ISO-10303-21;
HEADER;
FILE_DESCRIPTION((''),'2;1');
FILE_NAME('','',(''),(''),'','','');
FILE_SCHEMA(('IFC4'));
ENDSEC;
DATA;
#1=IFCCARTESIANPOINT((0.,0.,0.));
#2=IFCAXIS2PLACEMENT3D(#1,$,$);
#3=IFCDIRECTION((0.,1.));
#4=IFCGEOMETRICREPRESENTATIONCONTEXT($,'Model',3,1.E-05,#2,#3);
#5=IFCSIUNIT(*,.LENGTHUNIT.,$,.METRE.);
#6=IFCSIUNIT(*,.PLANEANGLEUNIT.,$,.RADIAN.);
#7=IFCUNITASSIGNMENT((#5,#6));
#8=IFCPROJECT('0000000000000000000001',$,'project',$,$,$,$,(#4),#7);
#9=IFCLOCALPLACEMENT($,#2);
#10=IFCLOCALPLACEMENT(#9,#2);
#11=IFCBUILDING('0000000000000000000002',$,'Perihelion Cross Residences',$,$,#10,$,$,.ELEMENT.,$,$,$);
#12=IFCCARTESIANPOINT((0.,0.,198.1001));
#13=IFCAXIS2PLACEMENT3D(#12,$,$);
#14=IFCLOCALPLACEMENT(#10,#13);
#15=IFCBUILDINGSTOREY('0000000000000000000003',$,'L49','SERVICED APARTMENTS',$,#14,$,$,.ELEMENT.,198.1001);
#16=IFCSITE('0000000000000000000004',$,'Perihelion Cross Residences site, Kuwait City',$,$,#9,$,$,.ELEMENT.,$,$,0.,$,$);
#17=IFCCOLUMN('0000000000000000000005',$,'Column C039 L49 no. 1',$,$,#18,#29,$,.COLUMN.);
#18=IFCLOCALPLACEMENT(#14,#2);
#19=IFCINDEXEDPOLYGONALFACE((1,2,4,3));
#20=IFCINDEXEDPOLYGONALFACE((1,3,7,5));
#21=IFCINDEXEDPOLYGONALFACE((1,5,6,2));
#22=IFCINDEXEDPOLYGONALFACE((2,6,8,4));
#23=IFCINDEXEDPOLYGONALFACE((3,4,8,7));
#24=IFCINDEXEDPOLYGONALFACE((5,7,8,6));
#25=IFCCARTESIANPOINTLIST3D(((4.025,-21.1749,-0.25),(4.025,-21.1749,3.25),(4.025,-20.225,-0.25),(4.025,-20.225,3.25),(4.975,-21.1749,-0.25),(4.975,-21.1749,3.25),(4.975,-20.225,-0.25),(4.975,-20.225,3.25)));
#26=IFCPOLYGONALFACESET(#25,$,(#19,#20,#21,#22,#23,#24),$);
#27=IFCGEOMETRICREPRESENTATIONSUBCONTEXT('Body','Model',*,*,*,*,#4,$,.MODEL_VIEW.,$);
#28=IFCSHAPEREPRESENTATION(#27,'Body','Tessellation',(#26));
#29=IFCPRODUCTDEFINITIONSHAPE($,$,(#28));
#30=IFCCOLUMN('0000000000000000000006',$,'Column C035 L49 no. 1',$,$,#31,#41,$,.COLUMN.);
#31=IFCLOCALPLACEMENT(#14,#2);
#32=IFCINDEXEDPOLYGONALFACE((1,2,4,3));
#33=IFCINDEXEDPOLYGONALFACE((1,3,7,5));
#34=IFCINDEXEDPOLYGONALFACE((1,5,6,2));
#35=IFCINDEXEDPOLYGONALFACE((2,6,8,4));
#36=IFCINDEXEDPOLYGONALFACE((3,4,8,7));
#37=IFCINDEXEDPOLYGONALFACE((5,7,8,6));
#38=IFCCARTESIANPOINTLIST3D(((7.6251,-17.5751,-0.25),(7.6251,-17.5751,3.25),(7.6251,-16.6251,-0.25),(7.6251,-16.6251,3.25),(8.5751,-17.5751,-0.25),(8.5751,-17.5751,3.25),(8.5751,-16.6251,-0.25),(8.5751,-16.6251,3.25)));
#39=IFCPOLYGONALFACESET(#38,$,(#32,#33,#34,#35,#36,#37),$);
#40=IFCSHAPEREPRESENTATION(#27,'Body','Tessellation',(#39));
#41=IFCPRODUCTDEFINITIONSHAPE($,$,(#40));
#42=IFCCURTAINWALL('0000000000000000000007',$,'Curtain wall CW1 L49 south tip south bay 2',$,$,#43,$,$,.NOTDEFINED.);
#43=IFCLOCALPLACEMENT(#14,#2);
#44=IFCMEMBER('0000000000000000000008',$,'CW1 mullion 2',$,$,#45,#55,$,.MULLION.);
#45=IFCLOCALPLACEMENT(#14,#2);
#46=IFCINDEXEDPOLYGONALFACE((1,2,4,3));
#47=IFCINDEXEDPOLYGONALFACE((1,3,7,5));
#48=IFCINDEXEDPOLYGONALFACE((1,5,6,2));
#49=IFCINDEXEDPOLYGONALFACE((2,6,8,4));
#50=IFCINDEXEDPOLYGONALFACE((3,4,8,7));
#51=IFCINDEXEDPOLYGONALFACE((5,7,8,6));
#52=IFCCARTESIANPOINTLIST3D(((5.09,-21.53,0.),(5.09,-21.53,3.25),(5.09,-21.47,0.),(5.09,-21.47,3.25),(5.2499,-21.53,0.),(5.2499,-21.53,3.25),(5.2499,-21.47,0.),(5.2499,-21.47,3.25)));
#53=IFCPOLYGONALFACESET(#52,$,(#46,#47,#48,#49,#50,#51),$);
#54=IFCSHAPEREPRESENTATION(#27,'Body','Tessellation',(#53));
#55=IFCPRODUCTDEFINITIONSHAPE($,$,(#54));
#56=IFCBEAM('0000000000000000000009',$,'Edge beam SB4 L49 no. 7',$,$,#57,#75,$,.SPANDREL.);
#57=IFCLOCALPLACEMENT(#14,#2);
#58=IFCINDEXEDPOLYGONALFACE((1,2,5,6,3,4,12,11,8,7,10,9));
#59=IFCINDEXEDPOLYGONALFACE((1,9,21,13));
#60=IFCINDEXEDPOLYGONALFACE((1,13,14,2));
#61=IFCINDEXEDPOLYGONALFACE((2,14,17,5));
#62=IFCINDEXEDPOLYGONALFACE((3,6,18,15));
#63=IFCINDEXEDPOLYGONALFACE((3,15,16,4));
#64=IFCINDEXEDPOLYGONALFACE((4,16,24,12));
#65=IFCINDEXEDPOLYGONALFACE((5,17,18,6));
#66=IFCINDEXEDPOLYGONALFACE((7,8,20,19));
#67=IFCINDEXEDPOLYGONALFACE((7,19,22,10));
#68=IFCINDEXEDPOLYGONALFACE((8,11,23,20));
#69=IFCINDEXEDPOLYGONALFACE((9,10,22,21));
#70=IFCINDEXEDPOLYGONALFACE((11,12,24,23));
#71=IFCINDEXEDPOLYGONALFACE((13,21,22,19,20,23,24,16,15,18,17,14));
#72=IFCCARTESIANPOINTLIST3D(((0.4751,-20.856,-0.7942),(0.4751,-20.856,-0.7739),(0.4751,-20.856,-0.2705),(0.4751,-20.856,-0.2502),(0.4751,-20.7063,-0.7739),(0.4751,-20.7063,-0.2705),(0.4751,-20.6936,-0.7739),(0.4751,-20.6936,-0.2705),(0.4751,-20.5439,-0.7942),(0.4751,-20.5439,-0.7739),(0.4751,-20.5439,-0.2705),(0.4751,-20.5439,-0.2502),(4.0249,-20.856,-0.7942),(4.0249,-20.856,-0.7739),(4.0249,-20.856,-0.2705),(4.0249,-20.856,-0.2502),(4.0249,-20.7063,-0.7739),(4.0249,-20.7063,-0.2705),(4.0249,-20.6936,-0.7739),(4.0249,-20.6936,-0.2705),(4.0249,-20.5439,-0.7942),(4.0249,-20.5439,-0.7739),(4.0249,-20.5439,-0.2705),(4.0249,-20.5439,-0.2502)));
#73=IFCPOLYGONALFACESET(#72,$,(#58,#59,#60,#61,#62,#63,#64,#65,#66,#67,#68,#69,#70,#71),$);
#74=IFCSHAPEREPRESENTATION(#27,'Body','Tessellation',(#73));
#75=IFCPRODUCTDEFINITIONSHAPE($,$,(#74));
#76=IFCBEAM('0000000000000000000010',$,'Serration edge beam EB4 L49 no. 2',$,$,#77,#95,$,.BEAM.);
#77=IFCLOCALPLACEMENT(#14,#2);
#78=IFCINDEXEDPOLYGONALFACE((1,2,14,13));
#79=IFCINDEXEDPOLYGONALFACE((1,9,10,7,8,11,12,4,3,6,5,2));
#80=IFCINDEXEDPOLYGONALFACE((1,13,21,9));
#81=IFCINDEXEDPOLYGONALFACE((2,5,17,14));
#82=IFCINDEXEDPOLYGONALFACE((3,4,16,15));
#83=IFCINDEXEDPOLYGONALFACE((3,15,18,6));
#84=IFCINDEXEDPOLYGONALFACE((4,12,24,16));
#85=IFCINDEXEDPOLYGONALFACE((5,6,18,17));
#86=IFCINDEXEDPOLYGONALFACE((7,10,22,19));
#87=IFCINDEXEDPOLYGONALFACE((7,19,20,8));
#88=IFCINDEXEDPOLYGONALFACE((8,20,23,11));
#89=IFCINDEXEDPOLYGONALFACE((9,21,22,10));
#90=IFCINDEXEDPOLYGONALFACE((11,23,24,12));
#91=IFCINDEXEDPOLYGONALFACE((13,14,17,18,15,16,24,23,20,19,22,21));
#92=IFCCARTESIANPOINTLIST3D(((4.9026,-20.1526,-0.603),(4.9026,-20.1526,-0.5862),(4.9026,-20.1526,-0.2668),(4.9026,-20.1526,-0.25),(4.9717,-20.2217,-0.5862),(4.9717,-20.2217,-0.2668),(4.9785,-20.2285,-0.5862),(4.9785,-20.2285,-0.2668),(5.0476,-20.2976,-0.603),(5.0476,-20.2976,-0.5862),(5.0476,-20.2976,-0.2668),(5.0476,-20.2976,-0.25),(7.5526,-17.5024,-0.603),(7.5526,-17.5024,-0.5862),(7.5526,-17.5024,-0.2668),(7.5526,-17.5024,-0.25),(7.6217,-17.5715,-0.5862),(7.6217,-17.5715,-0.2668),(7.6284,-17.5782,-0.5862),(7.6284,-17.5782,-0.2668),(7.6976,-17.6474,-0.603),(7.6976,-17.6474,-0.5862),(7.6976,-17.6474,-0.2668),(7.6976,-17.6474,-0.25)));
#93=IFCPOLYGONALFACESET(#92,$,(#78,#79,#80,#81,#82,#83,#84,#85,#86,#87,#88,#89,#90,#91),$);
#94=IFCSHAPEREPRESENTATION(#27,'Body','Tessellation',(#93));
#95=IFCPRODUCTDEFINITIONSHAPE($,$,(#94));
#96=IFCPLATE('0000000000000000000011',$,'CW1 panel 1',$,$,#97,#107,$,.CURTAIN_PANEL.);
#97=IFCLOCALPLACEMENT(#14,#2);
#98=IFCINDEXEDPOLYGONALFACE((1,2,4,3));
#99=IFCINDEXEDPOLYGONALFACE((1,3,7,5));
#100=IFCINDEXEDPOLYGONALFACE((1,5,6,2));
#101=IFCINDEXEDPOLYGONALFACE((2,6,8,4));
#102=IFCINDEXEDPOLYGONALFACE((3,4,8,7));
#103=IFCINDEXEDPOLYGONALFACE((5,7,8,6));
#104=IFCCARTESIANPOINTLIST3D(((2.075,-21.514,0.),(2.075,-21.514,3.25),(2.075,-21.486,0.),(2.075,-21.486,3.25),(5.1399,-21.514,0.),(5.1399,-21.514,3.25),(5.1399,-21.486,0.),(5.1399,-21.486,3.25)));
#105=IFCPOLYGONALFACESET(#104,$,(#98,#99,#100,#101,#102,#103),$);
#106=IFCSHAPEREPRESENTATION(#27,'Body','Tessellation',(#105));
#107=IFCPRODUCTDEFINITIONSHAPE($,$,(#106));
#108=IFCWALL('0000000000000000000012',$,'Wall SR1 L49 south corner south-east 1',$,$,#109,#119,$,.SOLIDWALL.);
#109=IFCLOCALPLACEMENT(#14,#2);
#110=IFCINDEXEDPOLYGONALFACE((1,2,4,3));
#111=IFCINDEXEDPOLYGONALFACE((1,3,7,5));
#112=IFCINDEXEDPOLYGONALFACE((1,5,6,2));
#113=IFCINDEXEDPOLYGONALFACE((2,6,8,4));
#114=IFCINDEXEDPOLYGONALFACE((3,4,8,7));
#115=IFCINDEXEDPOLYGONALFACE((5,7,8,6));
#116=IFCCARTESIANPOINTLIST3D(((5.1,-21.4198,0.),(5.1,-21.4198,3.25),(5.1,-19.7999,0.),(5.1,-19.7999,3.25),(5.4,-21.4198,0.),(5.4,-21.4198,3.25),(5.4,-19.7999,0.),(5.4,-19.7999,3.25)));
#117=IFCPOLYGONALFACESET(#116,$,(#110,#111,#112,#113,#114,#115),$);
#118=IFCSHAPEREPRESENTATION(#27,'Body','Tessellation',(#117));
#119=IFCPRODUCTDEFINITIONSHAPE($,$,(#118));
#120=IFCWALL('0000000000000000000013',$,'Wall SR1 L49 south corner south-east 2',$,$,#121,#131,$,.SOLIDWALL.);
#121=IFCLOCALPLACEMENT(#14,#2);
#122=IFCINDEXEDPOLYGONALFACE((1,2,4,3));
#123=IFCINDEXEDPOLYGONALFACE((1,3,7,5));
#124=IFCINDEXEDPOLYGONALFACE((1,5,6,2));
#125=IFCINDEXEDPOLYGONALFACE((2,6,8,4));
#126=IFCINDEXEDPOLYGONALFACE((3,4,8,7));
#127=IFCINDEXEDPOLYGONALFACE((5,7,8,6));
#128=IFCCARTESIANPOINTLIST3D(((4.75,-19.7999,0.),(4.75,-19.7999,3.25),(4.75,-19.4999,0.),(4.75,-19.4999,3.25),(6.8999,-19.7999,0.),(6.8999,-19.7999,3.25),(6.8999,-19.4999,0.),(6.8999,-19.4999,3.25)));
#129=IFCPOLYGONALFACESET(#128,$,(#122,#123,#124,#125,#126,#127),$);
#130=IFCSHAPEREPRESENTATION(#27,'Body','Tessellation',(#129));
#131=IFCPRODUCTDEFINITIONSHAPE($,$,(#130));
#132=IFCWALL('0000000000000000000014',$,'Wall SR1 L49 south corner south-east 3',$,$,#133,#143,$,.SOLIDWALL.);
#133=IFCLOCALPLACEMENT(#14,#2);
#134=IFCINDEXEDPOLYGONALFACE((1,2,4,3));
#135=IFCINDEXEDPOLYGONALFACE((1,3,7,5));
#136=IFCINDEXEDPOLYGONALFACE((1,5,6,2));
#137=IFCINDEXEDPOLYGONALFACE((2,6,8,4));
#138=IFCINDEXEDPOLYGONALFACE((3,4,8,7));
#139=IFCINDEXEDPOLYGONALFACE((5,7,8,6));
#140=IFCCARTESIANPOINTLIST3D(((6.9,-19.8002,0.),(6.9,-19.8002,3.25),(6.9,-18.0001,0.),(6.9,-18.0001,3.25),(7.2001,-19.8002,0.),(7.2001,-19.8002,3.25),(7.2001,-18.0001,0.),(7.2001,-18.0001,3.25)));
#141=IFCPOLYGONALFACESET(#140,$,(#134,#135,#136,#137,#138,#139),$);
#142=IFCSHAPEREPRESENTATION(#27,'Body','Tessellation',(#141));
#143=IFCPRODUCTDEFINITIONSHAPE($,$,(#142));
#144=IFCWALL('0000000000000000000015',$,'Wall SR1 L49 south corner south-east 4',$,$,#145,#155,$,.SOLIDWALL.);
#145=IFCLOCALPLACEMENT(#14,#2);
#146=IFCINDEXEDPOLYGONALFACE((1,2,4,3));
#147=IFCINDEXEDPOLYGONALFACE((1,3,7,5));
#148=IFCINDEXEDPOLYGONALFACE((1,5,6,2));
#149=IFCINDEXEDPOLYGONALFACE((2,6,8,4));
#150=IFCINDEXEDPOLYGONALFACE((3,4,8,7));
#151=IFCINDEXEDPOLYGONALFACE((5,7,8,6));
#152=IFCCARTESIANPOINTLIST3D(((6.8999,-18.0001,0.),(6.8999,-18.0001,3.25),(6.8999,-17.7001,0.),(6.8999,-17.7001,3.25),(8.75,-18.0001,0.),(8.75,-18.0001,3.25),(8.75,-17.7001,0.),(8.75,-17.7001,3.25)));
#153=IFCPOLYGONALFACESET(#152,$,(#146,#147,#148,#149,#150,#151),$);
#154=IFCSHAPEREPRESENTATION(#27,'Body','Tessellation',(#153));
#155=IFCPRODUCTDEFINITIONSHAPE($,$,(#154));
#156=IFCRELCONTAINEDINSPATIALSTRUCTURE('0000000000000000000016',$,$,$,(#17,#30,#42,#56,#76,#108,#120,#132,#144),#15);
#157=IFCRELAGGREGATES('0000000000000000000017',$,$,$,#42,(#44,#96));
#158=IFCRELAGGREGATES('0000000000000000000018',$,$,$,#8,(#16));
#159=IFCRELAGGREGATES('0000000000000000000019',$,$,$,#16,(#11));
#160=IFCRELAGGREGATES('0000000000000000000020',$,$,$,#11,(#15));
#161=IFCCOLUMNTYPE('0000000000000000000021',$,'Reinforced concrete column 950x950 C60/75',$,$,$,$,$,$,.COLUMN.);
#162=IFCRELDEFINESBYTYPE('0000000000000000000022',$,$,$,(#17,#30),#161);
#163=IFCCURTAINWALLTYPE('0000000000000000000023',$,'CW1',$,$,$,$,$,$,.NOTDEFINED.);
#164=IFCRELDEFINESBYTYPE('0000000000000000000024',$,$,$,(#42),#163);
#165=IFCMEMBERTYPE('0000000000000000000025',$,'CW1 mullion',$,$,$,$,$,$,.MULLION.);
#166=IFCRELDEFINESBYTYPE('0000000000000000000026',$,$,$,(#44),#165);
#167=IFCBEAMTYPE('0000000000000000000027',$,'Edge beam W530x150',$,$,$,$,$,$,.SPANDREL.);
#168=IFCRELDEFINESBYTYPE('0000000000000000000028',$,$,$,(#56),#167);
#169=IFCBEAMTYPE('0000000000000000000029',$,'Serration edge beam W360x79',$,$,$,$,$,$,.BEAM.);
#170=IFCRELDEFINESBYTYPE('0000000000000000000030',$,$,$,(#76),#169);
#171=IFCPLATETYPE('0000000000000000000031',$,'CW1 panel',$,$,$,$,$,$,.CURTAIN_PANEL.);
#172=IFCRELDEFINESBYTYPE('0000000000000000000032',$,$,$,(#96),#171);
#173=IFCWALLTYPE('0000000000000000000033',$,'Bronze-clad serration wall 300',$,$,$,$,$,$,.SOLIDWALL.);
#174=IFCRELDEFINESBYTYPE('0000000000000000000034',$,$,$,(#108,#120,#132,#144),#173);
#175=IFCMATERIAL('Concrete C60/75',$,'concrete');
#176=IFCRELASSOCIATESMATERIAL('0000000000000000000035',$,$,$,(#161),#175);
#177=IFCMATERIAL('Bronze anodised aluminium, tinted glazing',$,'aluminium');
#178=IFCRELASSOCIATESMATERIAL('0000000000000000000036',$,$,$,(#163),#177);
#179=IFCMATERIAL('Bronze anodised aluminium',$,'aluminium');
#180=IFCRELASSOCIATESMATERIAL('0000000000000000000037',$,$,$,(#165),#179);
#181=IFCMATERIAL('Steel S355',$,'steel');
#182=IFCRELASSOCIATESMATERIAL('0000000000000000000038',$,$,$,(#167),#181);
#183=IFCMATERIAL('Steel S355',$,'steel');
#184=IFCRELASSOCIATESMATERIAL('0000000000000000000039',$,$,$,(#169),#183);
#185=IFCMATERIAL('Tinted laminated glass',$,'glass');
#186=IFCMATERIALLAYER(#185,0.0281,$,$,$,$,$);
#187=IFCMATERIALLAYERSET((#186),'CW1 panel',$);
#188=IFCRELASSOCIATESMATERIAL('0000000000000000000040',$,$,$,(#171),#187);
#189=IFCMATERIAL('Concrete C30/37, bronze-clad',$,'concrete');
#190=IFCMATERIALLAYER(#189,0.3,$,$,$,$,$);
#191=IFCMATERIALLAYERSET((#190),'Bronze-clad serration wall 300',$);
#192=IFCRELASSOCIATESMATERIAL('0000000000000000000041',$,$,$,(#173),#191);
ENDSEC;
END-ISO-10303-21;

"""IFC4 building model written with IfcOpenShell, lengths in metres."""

from ifc_helpers import new_model, si_unit, direction, frame, frame_2d, origin, origin_2d, place, context, subcontext, project, spatial, rectangle, i_section, extrude, material, layer, layer_set, material_profile, profile_set, type_object, element, aggregate, save


model = new_model("IFC4")

# Units and contexts
model_context = context("Model", 3, precision=1e-05, world=origin(), true_north=direction((0.0, 1.0)))
body_context = subcontext(model_context, "Body", "Model", "MODEL_VIEW")
ifc_project = project(units=[si_unit("LENGTHUNIT", "METRE"), si_unit("PLANEANGLEUNIT", "RADIAN")], contexts=[model_context])

# Site, building, storey
site_placement = place(None, origin())
site = spatial("IfcSite", under=ifc_project, at=site_placement, Name="Perihelion Cross Residences site, Kuwait City", CompositionType="ELEMENT", RefElevation=0.0)
building_placement = place(site_placement, origin())
building = spatial("IfcBuilding", under=site, at=building_placement, Name="Perihelion Cross Residences", CompositionType="ELEMENT")
storey_placement = place(building_placement, frame((0.0, 0.0, 198.1001)))
storey = spatial("IfcBuildingStorey", under=building, at=storey_placement, Name="L49", Description="SERVICED APARTMENTS", CompositionType="ELEMENT", Elevation=198.1001)

# Columns
ifc_material_1 = material(Name="Concrete C60/75", Category="concrete")
ifc_material_profile_1 = material_profile(ifc_material_1, rectangle(XDim=0.95, YDim=0.95, at=origin_2d()), Name="RC 950x950")
ifc_profile_set_1 = profile_set([ifc_material_profile_1], Name="Concrete C60/75")
column_type = type_object("IfcColumnType", Name="Reinforced concrete column 950x950 C60/75", PredefinedType="COLUMN", material=ifc_profile_set_1)
for number, where, z_axis, x_axis, name in (
    (1, (4.5, -20.7, -0.25), (0.0, 0.0, 1.0), (1.0, 0.0, 0.0), "Column C039 L49 no. 1"),
    (2, (8.1001, -17.1001, -0.25), (0.0, 0.0, 1.0), (1.0, 0.0, 0.0), "Column C035 L49 no. 1"),
):
    element("IfcColumn", number, at=place(storey_placement, frame(where, z_axis=z_axis, x_axis=x_axis)), inside=storey, type_object=column_type, Name=name, PredefinedType="COLUMN", context=body_context, shape_type="SweptSolid", body=[
        extrude(rectangle(XDim=0.95, YDim=0.95, at=origin_2d()), origin(), (0.0, 0.0, 1.0), 3.5),
    ])

# Curtain wall, member
ifc_material_2 = material(Name="Bronze anodised aluminium, tinted glazing", Category="aluminium")
curtain_wall_type = type_object("IfcCurtainWallType", Name="CW1", PredefinedType="NOTDEFINED", material=ifc_material_2)
curtain_wall_placement = place(storey_placement, origin())
curtain_wall = element("IfcCurtainWall", 3, at=curtain_wall_placement, inside=storey, type_object=curtain_wall_type, Name="Curtain wall CW1 L49 south tip south bay 2", PredefinedType="NOTDEFINED")
ifc_material_3 = material(Name="Bronze anodised aluminium", Category="aluminium")
ifc_material_profile_2 = material_profile(ifc_material_3, rectangle(XDim=0.0601, YDim=0.1599, at=origin_2d()), Name="CW1 mullion")
ifc_profile_set_2 = profile_set([ifc_material_profile_2], Name="Bronze anodised aluminium")
member_type = type_object("IfcMemberType", Name="CW1 mullion", PredefinedType="MULLION", material=ifc_profile_set_2)
member_placement = place(storey_placement, frame((5.1699, -21.5, 0.0), z_axis=(0.0, 0.0, 1.0), x_axis=(0.0, 1.0, 0.0)))
member = element("IfcMember", 4, at=member_placement, type_object=member_type, Name="CW1 mullion 2", PredefinedType="MULLION", context=body_context, shape_type="SweptSolid", body=[
    extrude(rectangle(XDim=0.0601, YDim=0.1599, at=origin_2d()), origin(), (0.0, 0.0, 1.0), 3.25),
])

# Beams
ifc_material_4 = material(Name="Steel S355", Category="steel")
ifc_material_profile_3 = material_profile(ifc_material_4, i_section(OverallWidth=0.312, OverallDepth=0.5439, WebThickness=0.0127, FlangeThickness=0.0203, at=origin_2d()), Name="W530x150")
ifc_profile_set_3 = profile_set([ifc_material_profile_3], Name="Steel S355")
beam_type_1 = type_object("IfcBeamType", Name="Edge beam W530x150", PredefinedType="SPANDREL", material=ifc_profile_set_3)
beam_1_placement = place(storey_placement, frame((0.4751, -20.7, -0.5222), z_axis=(1.0, 0.0, 0.0), x_axis=(0.0, 1.0, 0.0)))
element("IfcBeam", 5, at=beam_1_placement, inside=storey, type_object=beam_type_1, Name="Edge beam SB4 L49 no. 7", PredefinedType="SPANDREL", context=body_context, shape_type="SweptSolid", body=[
    extrude(i_section(OverallWidth=0.312, OverallDepth=0.5439, WebThickness=0.0127, FlangeThickness=0.0203, at=origin_2d()), origin(), (0.0, 0.0, 1.0), 3.5498),
])
ifc_material_5 = material(Name="Steel S355", Category="steel")
ifc_material_profile_4 = material_profile(ifc_material_5, i_section(OverallWidth=0.2051, OverallDepth=0.353, WebThickness=0.0095, FlangeThickness=0.0168, at=origin_2d()), Name="W360x79")
ifc_profile_set_4 = profile_set([ifc_material_profile_4], Name="Steel S355")
beam_type_2 = type_object("IfcBeamType", Name="Serration edge beam W360x79", PredefinedType="BEAM", material=ifc_profile_set_4)
beam_2_placement = place(storey_placement, frame((4.9751, -20.2251, -0.4265), z_axis=(0.707074, 0.707139, 0.0), x_axis=(-0.707139, 0.707074, 0.0)))
element("IfcBeam", 6, at=beam_2_placement, inside=storey, type_object=beam_type_2, Name="Serration edge beam EB4 L49 no. 2", PredefinedType="BEAM", context=body_context, shape_type="SweptSolid", body=[
    extrude(i_section(OverallWidth=0.2051, OverallDepth=0.353, WebThickness=0.0095, FlangeThickness=0.0168, at=origin_2d()), origin(), (0.0, 0.0, 1.0), 3.7478),
])

# Plate
ifc_material_6 = material(Name="Tinted laminated glass", Category="glass")
ifc_layer_1 = layer(ifc_material_6, 0.0281)
ifc_layer_set_1 = layer_set([ifc_layer_1], Name="CW1 panel")
plate_type = type_object("IfcPlateType", Name="CW1 panel", PredefinedType="CURTAIN_PANEL", material=ifc_layer_set_1)
plate_placement = place(storey_placement, frame((3.6074, -21.5, 0.0), z_axis=(0.0, 0.0, 1.0), x_axis=(1.0, 0.0, 0.0)))
plate = element("IfcPlate", 7, at=plate_placement, type_object=plate_type, Name="CW1 panel 1", PredefinedType="CURTAIN_PANEL", context=body_context, shape_type="SweptSolid", body=[
    extrude(rectangle(XDim=3.0649, YDim=0.0281, at=origin_2d()), origin(), (0.0, 0.0, 1.0), 3.25),
])
aggregate(curtain_wall, [member, plate])

# Walls
ifc_material_7 = material(Name="Concrete C30/37, bronze-clad", Category="concrete")
ifc_layer_2 = layer(ifc_material_7, 0.3)
ifc_layer_set_2 = layer_set([ifc_layer_2], Name="Bronze-clad serration wall 300")
wall_type_1 = type_object("IfcWallType", Name="Bronze-clad serration wall 300", PredefinedType="SOLIDWALL", material=ifc_layer_set_2)
wall_1_placement = place(storey_placement, frame((5.25, -21.4199, 0.0), z_axis=(0.0, 0.0, 1.0), x_axis=(0.0, 1.0, 0.0)))
element("IfcWall", 8, at=wall_1_placement, inside=storey, type_object=wall_type_1, Name="Wall SR1 L49 south corner south-east 1", PredefinedType="SOLIDWALL", context=body_context, shape_type="SweptSolid", body=[
    extrude(rectangle(XDim=1.6199, YDim=0.3, at=frame_2d((0.8101, 0.0))), origin(), (0.0, 0.0, 1.0), 3.25),
])
wall_2_placement = place(storey_placement, frame((4.75, -19.6499, 0.0), z_axis=(0.0, 0.0, 1.0), x_axis=(1.0, 0.0, 0.0)))
element("IfcWall", 9, at=wall_2_placement, inside=storey, type_object=wall_type_1, Name="Wall SR1 L49 south corner south-east 2", PredefinedType="SOLIDWALL", context=body_context, shape_type="SweptSolid", body=[
    extrude(rectangle(XDim=2.1499, YDim=0.3, at=frame_2d((1.075, 0.0))), origin(), (0.0, 0.0, 1.0), 3.25),
])
wall_3_placement = place(storey_placement, frame((7.05, -19.8, 0.0), z_axis=(0.0, 0.0, 1.0), x_axis=(0.0, 1.0, 0.0)))
element("IfcWall", 10, at=wall_3_placement, inside=storey, type_object=wall_type_1, Name="Wall SR1 L49 south corner south-east 3", PredefinedType="SOLIDWALL", context=body_context, shape_type="SweptSolid", body=[
    extrude(rectangle(XDim=1.8, YDim=0.3, at=frame_2d((0.8999, 0.0))), origin(), (0.0, 0.0, 1.0), 3.25),
])
wall_4_placement = place(storey_placement, frame((6.8999, -17.8501, 0.0), z_axis=(0.0, 0.0, 1.0), x_axis=(1.0, 0.0, 0.0)))
element("IfcWall", 11, at=wall_4_placement, inside=storey, type_object=wall_type_1, Name="Wall SR1 L49 south corner south-east 4", PredefinedType="SOLIDWALL", context=body_context, shape_type="SweptSolid", body=[
    extrude(rectangle(XDim=1.8501, YDim=0.3, at=frame_2d((0.925, 0.0))), origin(), (0.0, 0.0, 1.0), 3.25),
])

save(model, "model.ifc")
